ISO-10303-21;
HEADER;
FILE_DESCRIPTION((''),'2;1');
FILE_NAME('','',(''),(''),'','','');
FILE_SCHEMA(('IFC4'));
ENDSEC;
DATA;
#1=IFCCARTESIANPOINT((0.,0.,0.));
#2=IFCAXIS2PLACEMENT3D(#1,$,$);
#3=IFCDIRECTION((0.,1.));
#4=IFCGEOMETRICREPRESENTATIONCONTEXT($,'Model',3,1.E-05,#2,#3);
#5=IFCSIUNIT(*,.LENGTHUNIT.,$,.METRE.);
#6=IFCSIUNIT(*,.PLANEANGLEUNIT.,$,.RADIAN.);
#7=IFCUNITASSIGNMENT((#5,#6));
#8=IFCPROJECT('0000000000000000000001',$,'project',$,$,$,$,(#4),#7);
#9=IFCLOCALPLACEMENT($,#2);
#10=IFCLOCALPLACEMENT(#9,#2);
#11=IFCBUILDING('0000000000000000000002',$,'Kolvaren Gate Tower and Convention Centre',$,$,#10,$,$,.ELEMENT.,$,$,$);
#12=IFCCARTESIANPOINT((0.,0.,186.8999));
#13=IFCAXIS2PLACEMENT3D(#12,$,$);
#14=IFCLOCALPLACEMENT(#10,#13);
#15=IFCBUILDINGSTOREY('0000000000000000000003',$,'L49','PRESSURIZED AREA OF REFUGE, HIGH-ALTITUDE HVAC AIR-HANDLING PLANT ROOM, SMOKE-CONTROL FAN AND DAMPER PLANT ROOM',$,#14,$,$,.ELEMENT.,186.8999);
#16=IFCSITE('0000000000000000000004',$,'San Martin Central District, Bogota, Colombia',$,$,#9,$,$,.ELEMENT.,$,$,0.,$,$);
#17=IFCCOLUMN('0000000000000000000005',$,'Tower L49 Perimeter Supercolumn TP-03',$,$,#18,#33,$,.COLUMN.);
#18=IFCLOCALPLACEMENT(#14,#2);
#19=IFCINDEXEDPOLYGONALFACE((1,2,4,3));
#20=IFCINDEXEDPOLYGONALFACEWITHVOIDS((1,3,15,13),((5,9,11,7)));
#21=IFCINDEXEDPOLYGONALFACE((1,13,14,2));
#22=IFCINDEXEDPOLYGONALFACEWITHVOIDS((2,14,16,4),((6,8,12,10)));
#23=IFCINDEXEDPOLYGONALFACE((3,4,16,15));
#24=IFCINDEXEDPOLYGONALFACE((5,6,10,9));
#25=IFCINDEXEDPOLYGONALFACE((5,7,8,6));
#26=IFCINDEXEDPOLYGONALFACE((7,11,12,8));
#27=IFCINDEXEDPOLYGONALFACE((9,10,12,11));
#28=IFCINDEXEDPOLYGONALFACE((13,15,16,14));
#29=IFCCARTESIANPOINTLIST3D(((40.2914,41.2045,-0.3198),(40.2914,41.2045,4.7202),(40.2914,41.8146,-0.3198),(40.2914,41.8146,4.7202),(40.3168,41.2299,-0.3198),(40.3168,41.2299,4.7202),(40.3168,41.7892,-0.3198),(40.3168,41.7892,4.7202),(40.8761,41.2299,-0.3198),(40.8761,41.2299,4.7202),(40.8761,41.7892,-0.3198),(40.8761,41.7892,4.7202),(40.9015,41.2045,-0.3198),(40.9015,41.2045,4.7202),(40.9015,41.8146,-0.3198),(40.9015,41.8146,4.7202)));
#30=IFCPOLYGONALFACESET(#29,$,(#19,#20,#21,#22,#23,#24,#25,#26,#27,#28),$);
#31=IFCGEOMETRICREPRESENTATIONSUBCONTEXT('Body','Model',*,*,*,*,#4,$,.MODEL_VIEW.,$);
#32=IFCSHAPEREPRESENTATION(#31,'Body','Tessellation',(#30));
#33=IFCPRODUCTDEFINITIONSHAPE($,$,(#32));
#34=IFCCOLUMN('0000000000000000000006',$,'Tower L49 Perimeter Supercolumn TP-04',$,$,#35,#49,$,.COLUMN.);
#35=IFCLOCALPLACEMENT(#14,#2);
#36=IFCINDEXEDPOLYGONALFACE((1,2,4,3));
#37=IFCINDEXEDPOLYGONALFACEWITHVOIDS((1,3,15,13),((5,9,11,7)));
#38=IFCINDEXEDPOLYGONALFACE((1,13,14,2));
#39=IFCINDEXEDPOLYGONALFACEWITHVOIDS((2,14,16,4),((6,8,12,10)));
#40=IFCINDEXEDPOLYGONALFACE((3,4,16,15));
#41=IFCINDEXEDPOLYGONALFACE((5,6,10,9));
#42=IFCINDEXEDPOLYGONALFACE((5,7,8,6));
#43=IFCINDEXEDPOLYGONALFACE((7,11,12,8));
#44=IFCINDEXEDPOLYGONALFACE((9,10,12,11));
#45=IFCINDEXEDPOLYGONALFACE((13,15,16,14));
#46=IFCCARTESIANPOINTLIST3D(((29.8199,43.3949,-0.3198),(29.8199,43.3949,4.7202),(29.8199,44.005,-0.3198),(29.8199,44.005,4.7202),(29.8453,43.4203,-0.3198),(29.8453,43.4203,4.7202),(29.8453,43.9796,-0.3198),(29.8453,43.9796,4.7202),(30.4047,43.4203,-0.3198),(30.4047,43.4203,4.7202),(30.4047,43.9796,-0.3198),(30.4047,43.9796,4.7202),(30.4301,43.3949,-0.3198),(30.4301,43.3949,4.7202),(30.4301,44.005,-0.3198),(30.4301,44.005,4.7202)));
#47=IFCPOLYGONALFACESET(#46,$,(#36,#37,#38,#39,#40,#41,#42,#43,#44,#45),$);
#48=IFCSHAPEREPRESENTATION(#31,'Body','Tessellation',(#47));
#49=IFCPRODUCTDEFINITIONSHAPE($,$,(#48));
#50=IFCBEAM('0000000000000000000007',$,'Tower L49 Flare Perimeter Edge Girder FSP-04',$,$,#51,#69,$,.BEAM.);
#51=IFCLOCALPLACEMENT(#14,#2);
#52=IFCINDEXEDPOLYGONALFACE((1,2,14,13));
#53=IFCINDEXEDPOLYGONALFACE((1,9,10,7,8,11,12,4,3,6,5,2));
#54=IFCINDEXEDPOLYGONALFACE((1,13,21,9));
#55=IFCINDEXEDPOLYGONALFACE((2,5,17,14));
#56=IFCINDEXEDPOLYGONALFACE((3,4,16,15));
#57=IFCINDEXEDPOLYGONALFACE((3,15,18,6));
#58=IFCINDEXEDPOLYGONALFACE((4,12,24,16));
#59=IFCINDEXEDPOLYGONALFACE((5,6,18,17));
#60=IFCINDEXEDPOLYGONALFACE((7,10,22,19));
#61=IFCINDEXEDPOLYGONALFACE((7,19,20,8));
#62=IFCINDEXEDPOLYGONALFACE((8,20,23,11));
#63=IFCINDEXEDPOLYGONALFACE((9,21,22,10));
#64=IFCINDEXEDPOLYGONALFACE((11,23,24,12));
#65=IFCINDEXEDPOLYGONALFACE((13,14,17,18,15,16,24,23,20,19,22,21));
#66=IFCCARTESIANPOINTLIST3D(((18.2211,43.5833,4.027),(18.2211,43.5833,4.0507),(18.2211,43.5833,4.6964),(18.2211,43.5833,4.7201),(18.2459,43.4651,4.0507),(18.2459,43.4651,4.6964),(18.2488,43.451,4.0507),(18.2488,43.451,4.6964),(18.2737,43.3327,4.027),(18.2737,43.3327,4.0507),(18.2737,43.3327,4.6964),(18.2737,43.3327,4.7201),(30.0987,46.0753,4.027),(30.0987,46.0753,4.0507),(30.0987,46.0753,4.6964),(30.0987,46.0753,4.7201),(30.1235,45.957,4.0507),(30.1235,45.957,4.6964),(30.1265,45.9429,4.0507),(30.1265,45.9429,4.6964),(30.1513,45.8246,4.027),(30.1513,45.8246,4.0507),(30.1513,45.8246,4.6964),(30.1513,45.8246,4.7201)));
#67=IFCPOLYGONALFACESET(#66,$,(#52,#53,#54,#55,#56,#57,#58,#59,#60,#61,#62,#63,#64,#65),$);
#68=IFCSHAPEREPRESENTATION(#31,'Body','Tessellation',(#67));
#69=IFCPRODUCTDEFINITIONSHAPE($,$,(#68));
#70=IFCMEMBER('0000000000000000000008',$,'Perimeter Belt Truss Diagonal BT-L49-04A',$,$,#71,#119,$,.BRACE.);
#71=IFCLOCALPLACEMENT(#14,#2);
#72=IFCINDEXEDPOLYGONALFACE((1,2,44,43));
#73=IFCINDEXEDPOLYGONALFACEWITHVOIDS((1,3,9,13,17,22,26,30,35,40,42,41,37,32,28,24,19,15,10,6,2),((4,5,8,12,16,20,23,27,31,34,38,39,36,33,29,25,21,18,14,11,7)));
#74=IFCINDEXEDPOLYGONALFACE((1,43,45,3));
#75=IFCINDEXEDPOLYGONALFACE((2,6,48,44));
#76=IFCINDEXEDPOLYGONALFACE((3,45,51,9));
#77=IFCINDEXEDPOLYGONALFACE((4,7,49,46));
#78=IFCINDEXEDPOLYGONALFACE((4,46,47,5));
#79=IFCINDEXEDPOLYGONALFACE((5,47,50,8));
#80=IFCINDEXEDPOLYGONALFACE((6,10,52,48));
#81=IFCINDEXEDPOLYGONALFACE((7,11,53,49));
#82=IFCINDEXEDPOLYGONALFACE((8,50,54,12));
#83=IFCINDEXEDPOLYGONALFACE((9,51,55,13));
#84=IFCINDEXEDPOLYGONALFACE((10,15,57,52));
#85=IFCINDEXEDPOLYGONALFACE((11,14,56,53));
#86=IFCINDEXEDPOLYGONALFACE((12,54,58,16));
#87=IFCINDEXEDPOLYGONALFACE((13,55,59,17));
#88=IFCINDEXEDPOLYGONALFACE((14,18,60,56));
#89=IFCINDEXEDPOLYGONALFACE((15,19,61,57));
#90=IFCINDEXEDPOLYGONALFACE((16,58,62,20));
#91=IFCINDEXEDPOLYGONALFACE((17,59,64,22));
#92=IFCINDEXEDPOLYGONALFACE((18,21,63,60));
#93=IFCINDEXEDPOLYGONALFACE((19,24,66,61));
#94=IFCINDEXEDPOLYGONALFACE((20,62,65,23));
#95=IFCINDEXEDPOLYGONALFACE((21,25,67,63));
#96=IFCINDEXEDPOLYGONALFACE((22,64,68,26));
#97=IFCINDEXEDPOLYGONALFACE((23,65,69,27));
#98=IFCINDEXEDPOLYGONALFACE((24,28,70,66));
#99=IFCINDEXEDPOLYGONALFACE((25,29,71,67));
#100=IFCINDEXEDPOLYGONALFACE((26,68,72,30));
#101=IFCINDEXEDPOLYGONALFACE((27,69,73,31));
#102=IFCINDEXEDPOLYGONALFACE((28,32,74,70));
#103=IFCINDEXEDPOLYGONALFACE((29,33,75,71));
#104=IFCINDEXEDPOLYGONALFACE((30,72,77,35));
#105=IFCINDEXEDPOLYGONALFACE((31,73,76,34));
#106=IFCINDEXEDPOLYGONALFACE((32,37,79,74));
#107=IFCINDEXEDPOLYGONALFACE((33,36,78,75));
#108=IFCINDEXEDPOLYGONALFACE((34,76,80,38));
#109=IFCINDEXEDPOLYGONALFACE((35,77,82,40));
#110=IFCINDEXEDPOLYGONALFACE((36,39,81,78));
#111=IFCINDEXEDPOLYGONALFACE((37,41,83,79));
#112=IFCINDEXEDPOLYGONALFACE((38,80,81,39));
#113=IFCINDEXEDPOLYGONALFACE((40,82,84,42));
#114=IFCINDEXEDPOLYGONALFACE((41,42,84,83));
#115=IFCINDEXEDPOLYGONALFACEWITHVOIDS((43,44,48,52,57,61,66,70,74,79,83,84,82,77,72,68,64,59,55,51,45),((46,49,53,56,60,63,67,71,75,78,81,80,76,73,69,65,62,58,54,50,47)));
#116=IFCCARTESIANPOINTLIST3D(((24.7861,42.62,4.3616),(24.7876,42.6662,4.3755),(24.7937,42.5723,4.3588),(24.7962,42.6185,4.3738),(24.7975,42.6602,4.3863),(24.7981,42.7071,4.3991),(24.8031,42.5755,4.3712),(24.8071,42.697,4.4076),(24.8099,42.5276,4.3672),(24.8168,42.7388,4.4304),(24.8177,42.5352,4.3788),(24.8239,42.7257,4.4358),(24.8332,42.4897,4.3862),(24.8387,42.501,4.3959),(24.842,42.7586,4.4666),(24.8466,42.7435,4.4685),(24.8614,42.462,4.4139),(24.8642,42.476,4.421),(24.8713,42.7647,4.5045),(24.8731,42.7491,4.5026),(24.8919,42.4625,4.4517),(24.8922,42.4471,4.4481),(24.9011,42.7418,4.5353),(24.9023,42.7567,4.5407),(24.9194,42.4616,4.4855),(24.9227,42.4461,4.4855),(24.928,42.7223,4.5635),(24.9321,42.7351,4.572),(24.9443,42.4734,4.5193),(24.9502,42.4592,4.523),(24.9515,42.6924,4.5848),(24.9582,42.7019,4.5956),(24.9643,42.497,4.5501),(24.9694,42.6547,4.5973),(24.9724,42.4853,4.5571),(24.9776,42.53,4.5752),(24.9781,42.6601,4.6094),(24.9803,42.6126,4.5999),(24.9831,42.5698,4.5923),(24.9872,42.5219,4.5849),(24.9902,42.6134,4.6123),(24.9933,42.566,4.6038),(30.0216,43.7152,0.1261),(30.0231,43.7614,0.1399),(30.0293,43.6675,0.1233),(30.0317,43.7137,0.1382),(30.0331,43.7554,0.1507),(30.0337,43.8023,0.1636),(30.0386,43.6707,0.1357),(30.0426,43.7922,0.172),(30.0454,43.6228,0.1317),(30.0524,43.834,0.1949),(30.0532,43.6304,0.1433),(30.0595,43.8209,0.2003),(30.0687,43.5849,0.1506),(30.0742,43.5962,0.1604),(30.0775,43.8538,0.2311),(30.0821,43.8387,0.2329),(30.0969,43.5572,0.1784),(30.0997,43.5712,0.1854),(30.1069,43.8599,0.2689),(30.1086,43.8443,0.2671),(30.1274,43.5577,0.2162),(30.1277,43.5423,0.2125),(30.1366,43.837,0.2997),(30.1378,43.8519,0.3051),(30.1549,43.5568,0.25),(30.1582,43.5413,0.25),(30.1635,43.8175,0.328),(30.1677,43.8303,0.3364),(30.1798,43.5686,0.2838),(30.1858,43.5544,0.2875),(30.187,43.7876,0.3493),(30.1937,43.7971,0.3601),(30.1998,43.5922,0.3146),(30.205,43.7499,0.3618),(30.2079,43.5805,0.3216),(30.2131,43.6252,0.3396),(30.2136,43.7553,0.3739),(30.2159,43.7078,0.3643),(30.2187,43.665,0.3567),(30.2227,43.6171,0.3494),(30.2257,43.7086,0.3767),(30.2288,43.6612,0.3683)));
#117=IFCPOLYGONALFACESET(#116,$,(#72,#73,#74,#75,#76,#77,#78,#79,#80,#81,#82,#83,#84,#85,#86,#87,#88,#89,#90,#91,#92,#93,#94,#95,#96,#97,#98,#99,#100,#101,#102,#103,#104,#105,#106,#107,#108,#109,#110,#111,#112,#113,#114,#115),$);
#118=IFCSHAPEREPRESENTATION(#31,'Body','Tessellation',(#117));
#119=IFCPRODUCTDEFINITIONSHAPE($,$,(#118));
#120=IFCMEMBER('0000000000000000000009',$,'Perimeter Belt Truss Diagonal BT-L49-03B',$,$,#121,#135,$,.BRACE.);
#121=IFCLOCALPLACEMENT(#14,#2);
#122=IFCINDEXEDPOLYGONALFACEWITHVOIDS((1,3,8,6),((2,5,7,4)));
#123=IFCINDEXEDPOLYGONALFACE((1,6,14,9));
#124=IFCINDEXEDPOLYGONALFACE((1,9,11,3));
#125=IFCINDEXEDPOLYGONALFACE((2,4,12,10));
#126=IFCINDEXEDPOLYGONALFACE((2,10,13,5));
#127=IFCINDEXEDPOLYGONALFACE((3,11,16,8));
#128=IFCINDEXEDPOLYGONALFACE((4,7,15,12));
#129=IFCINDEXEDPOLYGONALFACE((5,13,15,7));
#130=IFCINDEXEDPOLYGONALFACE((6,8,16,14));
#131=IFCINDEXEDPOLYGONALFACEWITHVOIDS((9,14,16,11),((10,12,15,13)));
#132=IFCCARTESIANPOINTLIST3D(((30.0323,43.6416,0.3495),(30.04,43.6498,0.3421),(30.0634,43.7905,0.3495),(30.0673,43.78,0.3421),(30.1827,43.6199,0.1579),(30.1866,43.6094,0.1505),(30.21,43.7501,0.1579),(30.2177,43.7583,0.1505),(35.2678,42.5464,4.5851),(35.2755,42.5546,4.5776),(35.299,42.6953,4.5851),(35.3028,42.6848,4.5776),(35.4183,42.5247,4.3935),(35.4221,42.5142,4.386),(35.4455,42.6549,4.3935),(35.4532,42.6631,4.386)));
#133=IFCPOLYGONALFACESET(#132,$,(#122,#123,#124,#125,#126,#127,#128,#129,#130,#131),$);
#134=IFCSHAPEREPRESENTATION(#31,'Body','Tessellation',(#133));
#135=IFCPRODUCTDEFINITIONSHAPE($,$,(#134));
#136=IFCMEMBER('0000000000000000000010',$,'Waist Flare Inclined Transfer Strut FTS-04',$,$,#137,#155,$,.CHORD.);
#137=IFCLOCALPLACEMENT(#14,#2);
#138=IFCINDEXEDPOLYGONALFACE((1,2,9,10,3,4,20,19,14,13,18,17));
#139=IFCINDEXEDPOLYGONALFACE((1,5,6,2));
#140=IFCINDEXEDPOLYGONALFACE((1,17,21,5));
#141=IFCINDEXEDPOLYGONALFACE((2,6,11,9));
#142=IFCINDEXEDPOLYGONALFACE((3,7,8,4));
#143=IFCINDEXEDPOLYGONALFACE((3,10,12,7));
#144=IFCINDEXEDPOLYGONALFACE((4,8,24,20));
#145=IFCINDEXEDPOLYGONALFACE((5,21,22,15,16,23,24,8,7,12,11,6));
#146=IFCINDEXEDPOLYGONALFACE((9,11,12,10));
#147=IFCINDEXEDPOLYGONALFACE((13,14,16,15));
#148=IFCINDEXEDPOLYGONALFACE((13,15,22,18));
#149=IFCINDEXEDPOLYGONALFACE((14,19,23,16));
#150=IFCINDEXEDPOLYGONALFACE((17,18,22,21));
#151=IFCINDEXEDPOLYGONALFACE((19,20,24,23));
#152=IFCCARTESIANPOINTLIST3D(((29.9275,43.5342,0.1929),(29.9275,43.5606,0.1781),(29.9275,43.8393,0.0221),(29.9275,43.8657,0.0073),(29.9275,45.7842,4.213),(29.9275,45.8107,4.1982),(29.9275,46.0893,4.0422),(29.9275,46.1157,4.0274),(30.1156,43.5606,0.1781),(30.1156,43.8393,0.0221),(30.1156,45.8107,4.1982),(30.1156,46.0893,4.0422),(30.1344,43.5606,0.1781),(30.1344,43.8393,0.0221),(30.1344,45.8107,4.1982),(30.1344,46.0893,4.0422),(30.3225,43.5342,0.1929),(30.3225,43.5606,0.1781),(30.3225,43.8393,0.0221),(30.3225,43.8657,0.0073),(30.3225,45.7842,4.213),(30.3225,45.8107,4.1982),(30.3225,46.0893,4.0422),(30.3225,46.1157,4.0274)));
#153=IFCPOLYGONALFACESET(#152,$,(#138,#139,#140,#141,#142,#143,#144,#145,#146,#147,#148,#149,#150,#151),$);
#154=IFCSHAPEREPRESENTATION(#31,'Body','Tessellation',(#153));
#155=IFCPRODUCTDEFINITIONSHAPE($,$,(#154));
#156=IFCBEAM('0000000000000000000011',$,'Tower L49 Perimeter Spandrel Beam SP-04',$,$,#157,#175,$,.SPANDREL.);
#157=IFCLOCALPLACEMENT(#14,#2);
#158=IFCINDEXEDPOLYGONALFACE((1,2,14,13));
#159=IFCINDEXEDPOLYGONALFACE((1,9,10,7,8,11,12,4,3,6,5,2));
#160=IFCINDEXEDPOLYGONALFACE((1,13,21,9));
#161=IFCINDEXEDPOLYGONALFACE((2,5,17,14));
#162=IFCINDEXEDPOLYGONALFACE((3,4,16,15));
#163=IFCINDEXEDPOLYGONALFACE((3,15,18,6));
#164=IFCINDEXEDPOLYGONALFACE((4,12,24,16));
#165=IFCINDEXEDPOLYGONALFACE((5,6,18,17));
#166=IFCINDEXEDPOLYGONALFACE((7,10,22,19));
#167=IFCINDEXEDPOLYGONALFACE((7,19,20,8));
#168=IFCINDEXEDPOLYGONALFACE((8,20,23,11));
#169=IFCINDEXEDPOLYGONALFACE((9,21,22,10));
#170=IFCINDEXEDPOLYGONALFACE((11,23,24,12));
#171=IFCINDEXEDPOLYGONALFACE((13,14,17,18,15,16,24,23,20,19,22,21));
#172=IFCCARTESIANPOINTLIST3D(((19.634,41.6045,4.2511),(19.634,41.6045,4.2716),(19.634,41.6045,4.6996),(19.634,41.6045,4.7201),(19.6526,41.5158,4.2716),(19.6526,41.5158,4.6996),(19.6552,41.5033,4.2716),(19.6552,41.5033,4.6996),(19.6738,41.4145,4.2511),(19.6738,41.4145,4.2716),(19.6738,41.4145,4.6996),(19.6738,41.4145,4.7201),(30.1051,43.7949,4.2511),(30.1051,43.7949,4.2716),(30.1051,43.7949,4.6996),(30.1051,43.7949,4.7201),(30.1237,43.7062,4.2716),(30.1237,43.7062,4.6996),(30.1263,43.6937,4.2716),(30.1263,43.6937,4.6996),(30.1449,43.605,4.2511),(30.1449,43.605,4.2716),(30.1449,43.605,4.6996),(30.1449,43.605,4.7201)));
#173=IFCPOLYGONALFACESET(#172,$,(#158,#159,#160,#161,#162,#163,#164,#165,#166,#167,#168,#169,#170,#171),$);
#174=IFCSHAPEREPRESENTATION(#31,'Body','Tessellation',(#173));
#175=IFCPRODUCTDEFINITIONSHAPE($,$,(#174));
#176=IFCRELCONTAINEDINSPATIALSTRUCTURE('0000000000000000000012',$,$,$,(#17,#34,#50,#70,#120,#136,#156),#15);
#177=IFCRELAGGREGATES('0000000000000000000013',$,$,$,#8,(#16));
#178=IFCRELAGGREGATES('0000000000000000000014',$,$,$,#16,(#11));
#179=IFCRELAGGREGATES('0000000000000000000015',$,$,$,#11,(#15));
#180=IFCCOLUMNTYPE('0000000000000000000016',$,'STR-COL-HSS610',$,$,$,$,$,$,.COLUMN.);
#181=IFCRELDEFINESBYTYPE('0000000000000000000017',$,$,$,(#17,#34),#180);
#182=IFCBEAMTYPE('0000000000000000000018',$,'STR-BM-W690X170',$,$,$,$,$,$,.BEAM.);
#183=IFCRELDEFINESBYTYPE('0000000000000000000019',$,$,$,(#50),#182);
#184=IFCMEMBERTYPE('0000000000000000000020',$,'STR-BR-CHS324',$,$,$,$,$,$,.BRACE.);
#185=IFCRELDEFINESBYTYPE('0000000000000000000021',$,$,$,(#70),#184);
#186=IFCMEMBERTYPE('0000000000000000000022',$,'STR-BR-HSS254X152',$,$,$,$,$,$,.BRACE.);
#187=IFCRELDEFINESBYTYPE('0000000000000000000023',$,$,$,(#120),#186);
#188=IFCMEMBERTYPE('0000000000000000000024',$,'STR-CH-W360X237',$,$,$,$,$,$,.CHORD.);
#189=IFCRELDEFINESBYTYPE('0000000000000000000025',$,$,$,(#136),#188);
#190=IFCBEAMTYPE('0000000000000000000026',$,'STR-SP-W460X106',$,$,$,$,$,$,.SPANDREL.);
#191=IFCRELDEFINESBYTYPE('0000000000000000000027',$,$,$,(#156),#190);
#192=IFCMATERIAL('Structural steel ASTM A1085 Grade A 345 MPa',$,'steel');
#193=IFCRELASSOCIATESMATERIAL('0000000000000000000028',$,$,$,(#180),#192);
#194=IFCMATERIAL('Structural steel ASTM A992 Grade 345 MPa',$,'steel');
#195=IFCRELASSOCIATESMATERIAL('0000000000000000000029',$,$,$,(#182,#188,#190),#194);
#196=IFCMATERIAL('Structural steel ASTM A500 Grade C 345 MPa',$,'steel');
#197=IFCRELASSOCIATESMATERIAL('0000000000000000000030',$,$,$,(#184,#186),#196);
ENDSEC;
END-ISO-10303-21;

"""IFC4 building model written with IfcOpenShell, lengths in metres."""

from ifc_helpers import new_model, si_unit, direction, frame, origin, origin_2d, place, context, subcontext, project, spatial, hollow_rectangle, hollow_circle, i_section, extrude, material, material_profile, profile_set, type_object, element, save


model = new_model("IFC4")

# Units and contexts
model_context = context("Model", 3, precision=1e-05, world=origin(), true_north=direction((0.0, 1.0)))
body_context = subcontext(model_context, "Body", "Model", "MODEL_VIEW")
ifc_project = project(units=[si_unit("LENGTHUNIT", "METRE"), si_unit("PLANEANGLEUNIT", "RADIAN")], contexts=[model_context])

# Site, building, storey
site_placement = place(None, origin())
site = spatial("IfcSite", under=ifc_project, at=site_placement, Name="San Martin Central District, Bogota, Colombia", CompositionType="ELEMENT", RefElevation=0.0)
building_placement = place(site_placement, origin())
building = spatial("IfcBuilding", under=site, at=building_placement, Name="Kolvaren Gate Tower and Convention Centre", CompositionType="ELEMENT")
storey_placement = place(building_placement, frame((0.0, 0.0, 186.8999)))
storey = spatial("IfcBuildingStorey", under=building, at=storey_placement, Name="L49", Description="PRESSURIZED AREA OF REFUGE, HIGH-ALTITUDE HVAC AIR-HANDLING PLANT ROOM, SMOKE-CONTROL FAN AND DAMPER PLANT ROOM", CompositionType="ELEMENT", Elevation=186.8999)

# Columns
ifc_material_1 = material(Name="Structural steel ASTM A1085 Grade A 345 MPa", Category="steel")
ifc_material_profile_1 = material_profile(ifc_material_1, hollow_rectangle(XDim=0.6101, YDim=0.6101, WallThickness=0.0254, at=origin_2d()), Name="HSS610X610X25.4")
ifc_profile_set_1 = profile_set([ifc_material_profile_1], Name="Structural steel ASTM A1085 Grade A 345 MPa")
column_type = type_object("IfcColumnType", Name="STR-COL-HSS610", PredefinedType="COLUMN", material=ifc_profile_set_1)
for number, where, z_axis, x_axis, name in (
    (1, (40.5964, 41.5095, -0.3198), (0.0, 0.0, 1.0), (1.0, 0.0, 0.0), "Tower L49 Perimeter Supercolumn TP-03"),
    (2, (30.125, 43.7, -0.3198), (0.0, 0.0, 1.0), (1.0, 0.0, 0.0), "Tower L49 Perimeter Supercolumn TP-04"),
):
    element("IfcColumn", number, at=place(storey_placement, frame(where, z_axis=z_axis, x_axis=x_axis)), inside=storey, type_object=column_type, Name=name, PredefinedType="COLUMN", context=body_context, shape_type="SweptSolid", body=[
        extrude(hollow_rectangle(XDim=0.6101, YDim=0.6101, WallThickness=0.0254, at=origin_2d()), origin(), (0.0, 0.0, 1.0), 5.04),
    ])

# Beam
ifc_material_2 = material(Name="Structural steel ASTM A992 Grade 345 MPa", Category="steel")
ifc_material_profile_2 = material_profile(ifc_material_2, i_section(OverallWidth=0.2561, OverallDepth=0.6931, WebThickness=0.0144, FlangeThickness=0.0237, at=origin_2d()), Name="W690X170")
ifc_profile_set_2 = profile_set([ifc_material_profile_2], Name="Structural steel ASTM A992 Grade 345 MPa")
beam_type_1 = type_object("IfcBeamType", Name="STR-BM-W690X170", PredefinedType="BEAM", material=ifc_profile_set_2)
beam_1_placement = place(storey_placement, frame((30.125, 45.95, 4.3735), z_axis=(-0.978693, -0.20533, 0.0), x_axis=(0.20533, -0.978693, 0.0)))
element("IfcBeam", 3, at=beam_1_placement, inside=storey, type_object=beam_type_1, Name="Tower L49 Flare Perimeter Edge Girder FSP-04", PredefinedType="BEAM", context=body_context, shape_type="SweptSolid", body=[
    extrude(i_section(OverallWidth=0.2561, OverallDepth=0.6931, WebThickness=0.0144, FlangeThickness=0.0237, at=origin_2d()), origin(), (0.0, 0.0, 1.0), 12.1362),
])

# Members
ifc_material_3 = material(Name="Structural steel ASTM A500 Grade C 345 MPa", Category="steel")
ifc_material_profile_3 = material_profile(ifc_material_3, hollow_circle(Radius=0.1621, WallThickness=0.0159, at=origin_2d()), Name="CHS324X15.9")
ifc_profile_set_3 = profile_set([ifc_material_profile_3], Name="Structural steel ASTM A500 Grade C 345 MPa")
member_type_1 = type_object("IfcMemberType", Name="STR-BR-CHS324", PredefinedType="BRACE", material=ifc_profile_set_3)
member_1_placement = place(storey_placement, frame((30.125, 43.7, 0.25), z_axis=(-0.767362, -0.160522, 0.620796), x_axis=(0.204754, -0.978813, 0.0)))
element("IfcMember", 4, at=member_1_placement, inside=storey, type_object=member_type_1, Name="Perimeter Belt Truss Diagonal BT-L49-04A", PredefinedType="BRACE", context=body_context, shape_type="SweptSolid", body=[
    extrude(hollow_circle(Radius=0.1621, WallThickness=0.0159, at=origin_2d()), origin(), (0.0, 0.0, 1.0), 6.8228),
])
ifc_material_profile_4 = material_profile(ifc_material_3, hollow_rectangle(XDim=0.1521, YDim=0.2539, WallThickness=0.0095, at=origin_2d()), Name="HSS254X152X9.5")
ifc_profile_set_4 = profile_set([ifc_material_profile_4], Name="Structural steel ASTM A500 Grade C 345 MPa")
member_type_2 = type_object("IfcMemberType", Name="STR-BR-HSS254X152", PredefinedType="BRACE", material=ifc_profile_set_4)
member_2_placement = place(storey_placement, frame((30.125, 43.7, 0.25), z_axis=(0.767362, -0.160522, 0.620796), x_axis=(0.204754, 0.978813, 0.0)))
element("IfcMember", 5, at=member_2_placement, inside=storey, type_object=member_type_2, Name="Perimeter Belt Truss Diagonal BT-L49-03B", PredefinedType="BRACE", context=body_context, shape_type="SweptSolid", body=[
    extrude(hollow_rectangle(XDim=0.1521, YDim=0.2539, WallThickness=0.0095, at=origin_2d()), origin(), (0.0, 0.0, 1.0), 6.8228),
])
ifc_material_profile_5 = material_profile(ifc_material_2, i_section(OverallWidth=0.395, OverallDepth=0.3799, WebThickness=0.0188, FlangeThickness=0.0303, at=origin_2d()), Name="W360X237")
ifc_profile_set_5 = profile_set([ifc_material_profile_5], Name="Structural steel ASTM A992 Grade 345 MPa")
member_type_3 = type_object("IfcMemberType", Name="STR-CH-W360X237", PredefinedType="CHORD", material=ifc_profile_set_5)
member_3_placement = place(storey_placement, frame((30.125, 43.7, 0.1001), z_axis=(0.0, 0.488403, 0.872618), x_axis=(-1.0, 0.0, 0.0)))
element("IfcMember", 6, at=member_3_placement, inside=storey, type_object=member_type_3, Name="Waist Flare Inclined Transfer Strut FTS-04", PredefinedType="CHORD", context=body_context, shape_type="SweptSolid", body=[
    extrude(i_section(OverallWidth=0.395, OverallDepth=0.3799, WebThickness=0.0188, FlangeThickness=0.0303, at=origin_2d()), origin(), (0.0, 0.0, 1.0), 4.6069),
])

# Beam
ifc_material_profile_6 = material_profile(ifc_material_2, i_section(OverallWidth=0.1941, OverallDepth=0.469, WebThickness=0.0127, FlangeThickness=0.0205, at=origin_2d()), Name="W460X106")
ifc_profile_set_6 = profile_set([ifc_material_profile_6], Name="Structural steel ASTM A992 Grade 345 MPa")
beam_type_2 = type_object("IfcBeamType", Name="STR-SP-W460X106", PredefinedType="SPANDREL", material=ifc_profile_set_6)
beam_2_placement = place(storey_placement, frame((30.125, 43.7, 4.4856), z_axis=(-0.978813, -0.204754, 0.0), x_axis=(0.204754, -0.978813, 0.0)))
element("IfcBeam", 7, at=beam_2_placement, inside=storey, type_object=beam_type_2, Name="Tower L49 Perimeter Spandrel Beam SP-04", PredefinedType="SPANDREL", context=body_context, shape_type="SweptSolid", body=[
    extrude(i_section(OverallWidth=0.1941, OverallDepth=0.469, WebThickness=0.0127, FlangeThickness=0.0205, at=origin_2d()), origin(), (0.0, 0.0, 1.0), 10.6978),
])

save(model, "model.ifc")
